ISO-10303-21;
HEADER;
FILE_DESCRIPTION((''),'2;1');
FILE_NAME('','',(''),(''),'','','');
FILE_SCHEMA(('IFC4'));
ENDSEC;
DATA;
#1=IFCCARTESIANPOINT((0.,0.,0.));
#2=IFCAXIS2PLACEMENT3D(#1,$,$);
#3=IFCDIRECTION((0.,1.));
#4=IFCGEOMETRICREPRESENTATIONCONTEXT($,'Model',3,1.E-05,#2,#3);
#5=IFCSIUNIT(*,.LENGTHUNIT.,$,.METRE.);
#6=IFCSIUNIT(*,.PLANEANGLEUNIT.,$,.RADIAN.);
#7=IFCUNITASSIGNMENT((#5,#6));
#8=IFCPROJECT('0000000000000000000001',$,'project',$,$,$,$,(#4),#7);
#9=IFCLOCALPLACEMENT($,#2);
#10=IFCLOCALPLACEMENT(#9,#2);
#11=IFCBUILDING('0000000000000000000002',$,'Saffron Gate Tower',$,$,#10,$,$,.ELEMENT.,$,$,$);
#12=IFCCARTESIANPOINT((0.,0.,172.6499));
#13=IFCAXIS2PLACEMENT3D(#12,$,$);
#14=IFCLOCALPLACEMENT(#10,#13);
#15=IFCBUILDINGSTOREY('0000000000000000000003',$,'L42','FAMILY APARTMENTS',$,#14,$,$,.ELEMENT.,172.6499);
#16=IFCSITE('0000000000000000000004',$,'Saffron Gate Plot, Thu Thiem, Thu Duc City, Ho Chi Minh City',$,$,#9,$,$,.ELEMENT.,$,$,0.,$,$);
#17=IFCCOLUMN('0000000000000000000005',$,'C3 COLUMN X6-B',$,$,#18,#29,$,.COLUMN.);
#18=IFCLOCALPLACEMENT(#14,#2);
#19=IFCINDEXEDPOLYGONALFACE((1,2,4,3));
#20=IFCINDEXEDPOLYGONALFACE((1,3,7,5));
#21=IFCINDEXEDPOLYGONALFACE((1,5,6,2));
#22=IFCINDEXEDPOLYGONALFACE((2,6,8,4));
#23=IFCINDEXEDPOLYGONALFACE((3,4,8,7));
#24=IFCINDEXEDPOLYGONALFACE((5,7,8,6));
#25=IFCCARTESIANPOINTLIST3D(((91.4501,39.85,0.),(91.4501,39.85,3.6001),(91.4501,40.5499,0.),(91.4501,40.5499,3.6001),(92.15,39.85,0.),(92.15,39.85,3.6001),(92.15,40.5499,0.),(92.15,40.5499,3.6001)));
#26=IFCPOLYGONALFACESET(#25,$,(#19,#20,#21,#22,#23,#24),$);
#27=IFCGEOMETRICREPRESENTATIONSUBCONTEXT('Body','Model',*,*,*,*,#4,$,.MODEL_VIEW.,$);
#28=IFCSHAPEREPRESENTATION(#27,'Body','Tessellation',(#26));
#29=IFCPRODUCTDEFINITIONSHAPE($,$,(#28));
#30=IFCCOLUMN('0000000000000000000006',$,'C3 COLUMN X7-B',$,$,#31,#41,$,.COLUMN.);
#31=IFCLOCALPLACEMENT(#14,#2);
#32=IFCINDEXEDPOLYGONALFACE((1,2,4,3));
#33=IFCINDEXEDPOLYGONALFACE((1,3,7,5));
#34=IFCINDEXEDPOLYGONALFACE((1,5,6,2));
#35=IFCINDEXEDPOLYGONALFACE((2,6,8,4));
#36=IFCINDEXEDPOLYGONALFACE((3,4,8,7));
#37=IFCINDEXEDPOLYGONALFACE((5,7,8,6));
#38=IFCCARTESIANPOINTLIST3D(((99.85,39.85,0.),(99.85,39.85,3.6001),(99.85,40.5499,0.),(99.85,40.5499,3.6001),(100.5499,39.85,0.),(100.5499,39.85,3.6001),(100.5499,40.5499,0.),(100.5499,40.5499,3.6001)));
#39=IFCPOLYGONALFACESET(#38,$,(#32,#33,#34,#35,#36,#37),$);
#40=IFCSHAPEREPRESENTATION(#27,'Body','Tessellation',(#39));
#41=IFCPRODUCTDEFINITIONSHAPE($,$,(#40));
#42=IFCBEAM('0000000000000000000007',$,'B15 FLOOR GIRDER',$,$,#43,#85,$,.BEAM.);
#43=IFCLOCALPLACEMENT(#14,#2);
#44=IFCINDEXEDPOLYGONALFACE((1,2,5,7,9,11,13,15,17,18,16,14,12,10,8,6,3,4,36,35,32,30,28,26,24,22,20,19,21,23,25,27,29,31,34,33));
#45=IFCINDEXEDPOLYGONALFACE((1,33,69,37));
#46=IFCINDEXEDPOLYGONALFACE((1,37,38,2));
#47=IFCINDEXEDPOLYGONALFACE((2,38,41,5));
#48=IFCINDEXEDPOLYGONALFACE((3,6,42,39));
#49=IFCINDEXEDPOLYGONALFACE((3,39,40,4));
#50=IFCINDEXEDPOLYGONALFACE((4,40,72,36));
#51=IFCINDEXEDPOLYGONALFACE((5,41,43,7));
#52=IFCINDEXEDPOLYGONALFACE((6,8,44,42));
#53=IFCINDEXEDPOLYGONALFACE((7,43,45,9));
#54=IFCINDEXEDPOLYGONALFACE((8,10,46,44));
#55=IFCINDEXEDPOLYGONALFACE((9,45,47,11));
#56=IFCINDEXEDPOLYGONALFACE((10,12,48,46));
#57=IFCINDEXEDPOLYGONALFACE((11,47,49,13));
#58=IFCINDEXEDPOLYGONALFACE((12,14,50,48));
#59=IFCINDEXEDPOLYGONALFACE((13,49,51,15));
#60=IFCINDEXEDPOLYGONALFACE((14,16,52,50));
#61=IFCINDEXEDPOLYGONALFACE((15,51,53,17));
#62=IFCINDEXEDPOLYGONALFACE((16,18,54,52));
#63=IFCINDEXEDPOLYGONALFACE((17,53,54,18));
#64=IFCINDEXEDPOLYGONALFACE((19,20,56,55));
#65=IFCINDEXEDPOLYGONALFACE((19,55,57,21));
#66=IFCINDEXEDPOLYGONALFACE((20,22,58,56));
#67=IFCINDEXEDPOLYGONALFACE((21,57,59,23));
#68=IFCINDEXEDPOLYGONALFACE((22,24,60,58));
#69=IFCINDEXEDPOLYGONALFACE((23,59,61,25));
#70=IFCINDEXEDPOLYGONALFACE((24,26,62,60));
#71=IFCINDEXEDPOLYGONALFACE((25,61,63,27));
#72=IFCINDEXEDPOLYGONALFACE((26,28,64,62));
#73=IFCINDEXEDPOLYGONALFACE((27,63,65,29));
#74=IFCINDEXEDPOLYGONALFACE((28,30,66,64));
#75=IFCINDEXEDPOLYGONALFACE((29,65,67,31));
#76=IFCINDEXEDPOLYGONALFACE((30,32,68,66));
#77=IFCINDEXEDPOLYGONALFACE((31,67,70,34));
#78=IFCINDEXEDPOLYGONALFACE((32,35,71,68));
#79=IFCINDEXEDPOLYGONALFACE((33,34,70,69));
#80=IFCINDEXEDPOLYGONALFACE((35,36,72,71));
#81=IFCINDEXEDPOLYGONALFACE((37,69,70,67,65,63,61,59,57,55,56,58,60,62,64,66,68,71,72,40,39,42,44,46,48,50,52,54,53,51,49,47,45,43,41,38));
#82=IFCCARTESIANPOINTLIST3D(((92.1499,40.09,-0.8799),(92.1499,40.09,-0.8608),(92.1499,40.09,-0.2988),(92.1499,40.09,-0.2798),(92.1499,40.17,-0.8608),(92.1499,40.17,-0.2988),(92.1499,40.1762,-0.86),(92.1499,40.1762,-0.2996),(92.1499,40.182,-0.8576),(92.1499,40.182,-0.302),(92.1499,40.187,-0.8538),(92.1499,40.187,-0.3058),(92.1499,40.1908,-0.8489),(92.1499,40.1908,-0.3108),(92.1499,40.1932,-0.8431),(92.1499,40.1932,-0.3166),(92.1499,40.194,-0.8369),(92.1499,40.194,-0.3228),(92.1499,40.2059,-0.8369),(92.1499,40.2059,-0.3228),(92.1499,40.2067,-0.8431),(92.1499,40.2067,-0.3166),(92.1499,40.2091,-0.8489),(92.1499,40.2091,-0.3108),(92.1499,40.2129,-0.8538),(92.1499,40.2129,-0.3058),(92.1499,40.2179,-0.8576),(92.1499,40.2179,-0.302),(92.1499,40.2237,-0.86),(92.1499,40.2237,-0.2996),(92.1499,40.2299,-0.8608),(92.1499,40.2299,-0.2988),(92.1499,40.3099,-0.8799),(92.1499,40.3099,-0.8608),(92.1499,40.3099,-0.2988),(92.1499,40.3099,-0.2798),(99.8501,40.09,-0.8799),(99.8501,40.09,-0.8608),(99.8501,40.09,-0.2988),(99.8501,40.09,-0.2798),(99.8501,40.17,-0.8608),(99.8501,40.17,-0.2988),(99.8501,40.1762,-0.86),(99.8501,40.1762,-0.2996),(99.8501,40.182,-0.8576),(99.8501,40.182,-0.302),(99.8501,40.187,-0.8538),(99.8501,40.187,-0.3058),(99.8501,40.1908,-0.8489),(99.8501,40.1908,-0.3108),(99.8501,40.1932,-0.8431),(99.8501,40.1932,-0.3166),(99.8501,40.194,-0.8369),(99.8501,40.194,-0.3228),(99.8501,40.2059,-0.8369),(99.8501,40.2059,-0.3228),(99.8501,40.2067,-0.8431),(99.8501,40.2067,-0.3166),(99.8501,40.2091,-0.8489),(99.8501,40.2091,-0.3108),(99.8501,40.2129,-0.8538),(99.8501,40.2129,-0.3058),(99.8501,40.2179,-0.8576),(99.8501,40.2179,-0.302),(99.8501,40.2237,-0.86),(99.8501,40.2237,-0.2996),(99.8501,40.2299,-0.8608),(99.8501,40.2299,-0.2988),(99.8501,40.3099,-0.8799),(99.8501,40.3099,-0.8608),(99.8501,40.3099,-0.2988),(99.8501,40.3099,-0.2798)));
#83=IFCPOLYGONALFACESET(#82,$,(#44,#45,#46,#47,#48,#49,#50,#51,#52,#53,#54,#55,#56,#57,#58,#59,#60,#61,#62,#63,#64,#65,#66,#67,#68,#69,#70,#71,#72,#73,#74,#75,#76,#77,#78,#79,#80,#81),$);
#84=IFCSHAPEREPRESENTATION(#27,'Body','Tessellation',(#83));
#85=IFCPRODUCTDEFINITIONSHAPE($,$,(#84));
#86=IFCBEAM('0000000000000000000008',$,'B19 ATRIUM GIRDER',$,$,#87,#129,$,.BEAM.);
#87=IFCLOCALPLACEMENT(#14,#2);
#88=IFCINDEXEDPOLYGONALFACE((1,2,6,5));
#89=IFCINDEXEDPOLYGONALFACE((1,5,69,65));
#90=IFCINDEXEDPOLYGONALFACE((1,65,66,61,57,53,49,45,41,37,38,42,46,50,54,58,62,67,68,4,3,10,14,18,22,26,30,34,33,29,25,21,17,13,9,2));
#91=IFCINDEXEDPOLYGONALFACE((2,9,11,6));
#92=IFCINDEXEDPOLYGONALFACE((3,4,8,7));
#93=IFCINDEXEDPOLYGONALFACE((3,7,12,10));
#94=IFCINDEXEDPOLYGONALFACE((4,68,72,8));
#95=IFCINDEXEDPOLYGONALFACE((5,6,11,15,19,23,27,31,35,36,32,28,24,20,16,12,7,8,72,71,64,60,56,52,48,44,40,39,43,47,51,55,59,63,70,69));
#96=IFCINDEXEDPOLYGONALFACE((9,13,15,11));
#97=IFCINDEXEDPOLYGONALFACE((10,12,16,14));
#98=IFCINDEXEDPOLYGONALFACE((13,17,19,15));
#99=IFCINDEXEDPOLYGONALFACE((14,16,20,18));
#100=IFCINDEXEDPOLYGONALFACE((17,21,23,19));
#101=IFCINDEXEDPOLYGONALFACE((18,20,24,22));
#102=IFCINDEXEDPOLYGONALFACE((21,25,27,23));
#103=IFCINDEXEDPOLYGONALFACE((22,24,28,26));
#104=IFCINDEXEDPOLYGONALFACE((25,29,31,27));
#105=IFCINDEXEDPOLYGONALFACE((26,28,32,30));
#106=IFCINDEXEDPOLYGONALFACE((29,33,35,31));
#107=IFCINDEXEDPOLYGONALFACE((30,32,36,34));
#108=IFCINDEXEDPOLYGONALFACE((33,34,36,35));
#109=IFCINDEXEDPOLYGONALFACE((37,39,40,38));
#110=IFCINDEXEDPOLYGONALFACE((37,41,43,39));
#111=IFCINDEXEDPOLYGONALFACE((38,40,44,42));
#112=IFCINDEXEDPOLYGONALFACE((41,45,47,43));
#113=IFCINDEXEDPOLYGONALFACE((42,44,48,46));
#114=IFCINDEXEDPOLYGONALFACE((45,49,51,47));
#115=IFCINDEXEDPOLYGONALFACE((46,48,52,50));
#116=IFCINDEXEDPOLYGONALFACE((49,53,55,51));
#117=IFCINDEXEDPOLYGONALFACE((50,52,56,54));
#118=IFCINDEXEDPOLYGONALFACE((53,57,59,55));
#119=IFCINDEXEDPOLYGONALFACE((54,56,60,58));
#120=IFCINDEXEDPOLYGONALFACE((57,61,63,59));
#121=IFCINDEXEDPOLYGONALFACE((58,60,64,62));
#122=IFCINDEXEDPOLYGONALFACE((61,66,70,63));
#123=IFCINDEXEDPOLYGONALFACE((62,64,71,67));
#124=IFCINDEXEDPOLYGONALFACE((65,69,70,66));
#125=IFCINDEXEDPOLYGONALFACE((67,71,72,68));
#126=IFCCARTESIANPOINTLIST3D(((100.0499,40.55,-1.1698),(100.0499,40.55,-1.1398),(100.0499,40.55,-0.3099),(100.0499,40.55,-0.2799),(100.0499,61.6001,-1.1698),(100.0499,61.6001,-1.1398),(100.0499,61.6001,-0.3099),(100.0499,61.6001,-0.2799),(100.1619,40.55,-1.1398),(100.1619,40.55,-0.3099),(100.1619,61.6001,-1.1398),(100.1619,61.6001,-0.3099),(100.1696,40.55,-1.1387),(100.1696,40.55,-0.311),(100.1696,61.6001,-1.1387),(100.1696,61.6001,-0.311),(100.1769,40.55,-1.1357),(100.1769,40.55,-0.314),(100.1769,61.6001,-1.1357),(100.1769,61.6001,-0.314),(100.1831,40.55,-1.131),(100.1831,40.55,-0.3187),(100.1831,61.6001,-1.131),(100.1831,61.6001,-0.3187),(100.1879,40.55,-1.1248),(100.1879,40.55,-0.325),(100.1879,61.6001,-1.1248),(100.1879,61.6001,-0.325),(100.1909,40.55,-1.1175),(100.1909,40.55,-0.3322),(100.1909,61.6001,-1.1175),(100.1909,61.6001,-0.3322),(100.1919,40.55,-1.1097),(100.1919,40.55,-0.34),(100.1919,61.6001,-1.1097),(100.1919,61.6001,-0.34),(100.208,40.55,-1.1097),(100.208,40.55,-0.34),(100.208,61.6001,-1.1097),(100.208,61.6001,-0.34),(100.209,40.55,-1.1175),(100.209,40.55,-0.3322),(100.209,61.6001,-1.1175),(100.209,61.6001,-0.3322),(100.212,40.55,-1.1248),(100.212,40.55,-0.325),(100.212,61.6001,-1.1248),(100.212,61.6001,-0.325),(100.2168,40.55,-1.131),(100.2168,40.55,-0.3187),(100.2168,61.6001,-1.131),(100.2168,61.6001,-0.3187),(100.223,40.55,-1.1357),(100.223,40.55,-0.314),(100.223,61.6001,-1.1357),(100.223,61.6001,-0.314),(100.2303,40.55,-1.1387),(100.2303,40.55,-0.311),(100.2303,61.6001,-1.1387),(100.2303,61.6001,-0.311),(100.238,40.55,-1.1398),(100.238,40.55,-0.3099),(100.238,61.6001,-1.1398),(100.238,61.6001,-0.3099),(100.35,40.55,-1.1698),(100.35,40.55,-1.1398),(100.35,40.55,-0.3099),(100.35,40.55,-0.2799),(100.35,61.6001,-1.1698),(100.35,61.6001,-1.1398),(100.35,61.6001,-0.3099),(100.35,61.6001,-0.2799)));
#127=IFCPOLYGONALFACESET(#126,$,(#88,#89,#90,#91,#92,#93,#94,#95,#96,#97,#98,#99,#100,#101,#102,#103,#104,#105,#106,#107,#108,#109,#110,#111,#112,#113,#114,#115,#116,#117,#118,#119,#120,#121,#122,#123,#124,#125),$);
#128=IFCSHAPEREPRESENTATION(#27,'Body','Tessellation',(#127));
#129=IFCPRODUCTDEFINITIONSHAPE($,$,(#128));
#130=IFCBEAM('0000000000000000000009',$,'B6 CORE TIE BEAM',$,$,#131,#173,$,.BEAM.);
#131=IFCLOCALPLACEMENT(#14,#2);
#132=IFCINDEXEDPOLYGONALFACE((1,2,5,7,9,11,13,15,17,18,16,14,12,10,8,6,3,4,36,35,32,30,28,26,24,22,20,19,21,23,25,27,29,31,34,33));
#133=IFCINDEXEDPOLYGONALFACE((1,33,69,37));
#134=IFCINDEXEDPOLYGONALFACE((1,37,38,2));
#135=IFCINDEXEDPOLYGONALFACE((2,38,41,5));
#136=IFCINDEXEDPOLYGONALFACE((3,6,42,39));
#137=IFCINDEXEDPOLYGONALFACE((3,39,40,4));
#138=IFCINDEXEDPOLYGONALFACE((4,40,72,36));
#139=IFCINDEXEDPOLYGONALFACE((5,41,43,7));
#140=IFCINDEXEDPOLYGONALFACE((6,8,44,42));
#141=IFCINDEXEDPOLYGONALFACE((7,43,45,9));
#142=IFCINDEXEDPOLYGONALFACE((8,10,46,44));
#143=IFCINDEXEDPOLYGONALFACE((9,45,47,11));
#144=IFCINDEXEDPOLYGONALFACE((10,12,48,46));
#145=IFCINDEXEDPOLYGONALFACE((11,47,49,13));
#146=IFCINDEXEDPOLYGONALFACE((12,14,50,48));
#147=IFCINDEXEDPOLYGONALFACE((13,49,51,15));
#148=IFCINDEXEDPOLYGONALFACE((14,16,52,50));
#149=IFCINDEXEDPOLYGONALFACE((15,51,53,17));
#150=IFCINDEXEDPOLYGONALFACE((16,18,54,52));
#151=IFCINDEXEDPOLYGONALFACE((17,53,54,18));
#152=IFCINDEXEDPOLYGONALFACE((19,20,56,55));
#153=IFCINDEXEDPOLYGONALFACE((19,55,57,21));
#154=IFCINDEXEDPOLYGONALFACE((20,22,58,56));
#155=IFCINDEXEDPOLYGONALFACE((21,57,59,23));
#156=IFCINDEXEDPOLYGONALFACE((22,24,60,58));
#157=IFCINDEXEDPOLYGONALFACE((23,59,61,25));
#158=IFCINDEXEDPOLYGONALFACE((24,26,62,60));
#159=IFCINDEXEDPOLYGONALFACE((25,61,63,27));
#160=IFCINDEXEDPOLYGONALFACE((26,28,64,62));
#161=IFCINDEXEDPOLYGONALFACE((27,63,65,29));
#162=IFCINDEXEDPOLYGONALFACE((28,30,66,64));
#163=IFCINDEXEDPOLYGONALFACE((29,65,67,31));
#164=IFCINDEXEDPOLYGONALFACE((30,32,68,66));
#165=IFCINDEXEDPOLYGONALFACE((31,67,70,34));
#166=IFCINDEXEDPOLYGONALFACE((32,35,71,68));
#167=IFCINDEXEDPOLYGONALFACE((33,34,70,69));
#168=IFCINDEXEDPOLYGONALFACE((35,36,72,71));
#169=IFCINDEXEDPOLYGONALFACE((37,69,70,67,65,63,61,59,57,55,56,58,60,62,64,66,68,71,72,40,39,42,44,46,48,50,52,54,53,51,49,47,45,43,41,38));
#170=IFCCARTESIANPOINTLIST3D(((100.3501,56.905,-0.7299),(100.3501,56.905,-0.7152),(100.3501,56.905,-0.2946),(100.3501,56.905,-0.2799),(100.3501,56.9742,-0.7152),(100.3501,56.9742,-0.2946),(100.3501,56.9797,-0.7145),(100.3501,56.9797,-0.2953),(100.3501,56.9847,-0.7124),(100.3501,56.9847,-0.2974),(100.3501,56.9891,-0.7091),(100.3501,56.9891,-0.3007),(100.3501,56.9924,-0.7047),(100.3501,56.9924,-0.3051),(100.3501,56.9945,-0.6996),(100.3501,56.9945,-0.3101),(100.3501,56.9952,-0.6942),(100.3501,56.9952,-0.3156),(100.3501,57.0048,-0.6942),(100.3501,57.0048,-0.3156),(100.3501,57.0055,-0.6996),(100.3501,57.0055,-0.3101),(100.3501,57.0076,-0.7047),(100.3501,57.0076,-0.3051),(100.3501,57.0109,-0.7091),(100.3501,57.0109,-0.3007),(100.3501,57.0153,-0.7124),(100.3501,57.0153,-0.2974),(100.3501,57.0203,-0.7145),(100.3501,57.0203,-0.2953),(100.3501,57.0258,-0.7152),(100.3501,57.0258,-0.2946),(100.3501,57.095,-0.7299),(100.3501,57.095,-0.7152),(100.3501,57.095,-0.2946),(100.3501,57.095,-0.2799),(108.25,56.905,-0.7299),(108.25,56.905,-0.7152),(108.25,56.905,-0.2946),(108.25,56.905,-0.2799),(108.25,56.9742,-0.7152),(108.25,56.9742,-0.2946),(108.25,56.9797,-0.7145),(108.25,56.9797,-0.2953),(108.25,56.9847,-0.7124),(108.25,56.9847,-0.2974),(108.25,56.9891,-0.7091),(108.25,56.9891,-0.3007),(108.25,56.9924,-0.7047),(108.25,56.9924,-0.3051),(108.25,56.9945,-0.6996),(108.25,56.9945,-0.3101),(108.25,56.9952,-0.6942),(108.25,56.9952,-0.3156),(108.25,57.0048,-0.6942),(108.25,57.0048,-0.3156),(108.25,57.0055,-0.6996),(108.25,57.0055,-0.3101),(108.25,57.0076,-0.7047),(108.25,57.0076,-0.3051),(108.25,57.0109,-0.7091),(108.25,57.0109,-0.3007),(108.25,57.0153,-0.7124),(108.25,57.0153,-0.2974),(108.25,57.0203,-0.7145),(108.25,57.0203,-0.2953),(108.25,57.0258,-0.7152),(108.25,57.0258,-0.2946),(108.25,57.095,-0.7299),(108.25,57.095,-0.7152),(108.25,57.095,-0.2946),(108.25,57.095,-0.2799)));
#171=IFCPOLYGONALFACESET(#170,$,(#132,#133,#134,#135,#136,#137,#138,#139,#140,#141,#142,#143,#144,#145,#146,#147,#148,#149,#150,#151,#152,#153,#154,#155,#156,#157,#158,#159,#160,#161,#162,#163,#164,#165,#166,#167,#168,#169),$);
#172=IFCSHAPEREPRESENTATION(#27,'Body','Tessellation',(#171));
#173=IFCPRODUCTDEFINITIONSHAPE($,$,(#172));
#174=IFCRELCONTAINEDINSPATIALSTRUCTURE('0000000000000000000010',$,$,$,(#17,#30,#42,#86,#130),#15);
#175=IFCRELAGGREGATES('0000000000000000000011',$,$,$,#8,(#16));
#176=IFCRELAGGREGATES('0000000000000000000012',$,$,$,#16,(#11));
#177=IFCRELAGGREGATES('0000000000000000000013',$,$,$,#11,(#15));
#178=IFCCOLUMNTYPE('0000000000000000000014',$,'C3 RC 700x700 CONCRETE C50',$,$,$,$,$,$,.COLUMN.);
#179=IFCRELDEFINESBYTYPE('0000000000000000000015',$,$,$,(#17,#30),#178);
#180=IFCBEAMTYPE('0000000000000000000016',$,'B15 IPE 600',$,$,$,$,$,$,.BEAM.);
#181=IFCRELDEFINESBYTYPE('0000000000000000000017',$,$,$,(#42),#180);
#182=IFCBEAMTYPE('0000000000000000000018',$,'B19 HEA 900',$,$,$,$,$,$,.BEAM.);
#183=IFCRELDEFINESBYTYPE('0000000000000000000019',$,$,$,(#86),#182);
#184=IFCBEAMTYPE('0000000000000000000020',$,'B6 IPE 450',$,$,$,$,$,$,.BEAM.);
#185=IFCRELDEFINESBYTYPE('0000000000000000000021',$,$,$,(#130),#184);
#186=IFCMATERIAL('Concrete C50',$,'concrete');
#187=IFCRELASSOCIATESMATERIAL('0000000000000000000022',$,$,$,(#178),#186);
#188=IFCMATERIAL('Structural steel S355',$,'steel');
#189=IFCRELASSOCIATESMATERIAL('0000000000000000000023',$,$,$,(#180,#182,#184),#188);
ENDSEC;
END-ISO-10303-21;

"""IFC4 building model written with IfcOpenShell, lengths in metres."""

from ifc_helpers import new_model, si_unit, direction, frame, origin, origin_2d, place, context, subcontext, project, spatial, rectangle, i_section, extrude, material, material_profile, profile_set, type_object, element, save


model = new_model("IFC4")

# Units and contexts
model_context = context("Model", 3, precision=1e-05, world=origin(), true_north=direction((0.0, 1.0)))
body_context = subcontext(model_context, "Body", "Model", "MODEL_VIEW")
ifc_project = project(units=[si_unit("LENGTHUNIT", "METRE"), si_unit("PLANEANGLEUNIT", "RADIAN")], contexts=[model_context])

# Site, building, storey
site_placement = place(None, origin())
site = spatial("IfcSite", under=ifc_project, at=site_placement, Name="Saffron Gate Plot, Thu Thiem, Thu Duc City, Ho Chi Minh City", CompositionType="ELEMENT", RefElevation=0.0)
building_placement = place(site_placement, origin())
building = spatial("IfcBuilding", under=site, at=building_placement, Name="Saffron Gate Tower", CompositionType="ELEMENT")
storey_placement = place(building_placement, frame((0.0, 0.0, 172.6499)))
storey = spatial("IfcBuildingStorey", under=building, at=storey_placement, Name="L42", Description="FAMILY APARTMENTS", CompositionType="ELEMENT", Elevation=172.6499)

# Columns
ifc_material_1 = material(Name="Concrete C50", Category="concrete")
ifc_material_profile_1 = material_profile(ifc_material_1, rectangle(XDim=0.7, YDim=0.7, at=origin_2d()))
ifc_profile_set_1 = profile_set([ifc_material_profile_1], Name="Concrete C50")
column_type = type_object("IfcColumnType", Name="C3 RC 700x700 CONCRETE C50", PredefinedType="COLUMN", material=ifc_profile_set_1)
for number, where, z_axis, x_axis, name in (
    (1, (91.8, 40.2, 0.0), (0.0, 0.0, 1.0), (1.0, 0.0, 0.0), "C3 COLUMN X6-B"),
    (2, (100.2, 40.2, 0.0), (0.0, 0.0, 1.0), (1.0, 0.0, 0.0), "C3 COLUMN X7-B"),
):
    element("IfcColumn", number, at=place(storey_placement, frame(where, z_axis=z_axis, x_axis=x_axis)), inside=storey, type_object=column_type, Name=name, PredefinedType="COLUMN", context=body_context, shape_type="SweptSolid", body=[
        extrude(rectangle(XDim=0.7, YDim=0.7, at=origin_2d()), origin(), (0.0, 0.0, 1.0), 3.6001),
    ])

# Beams
ifc_material_2 = material(Name="Structural steel S355", Category="steel")
ifc_material_profile_2 = material_profile(ifc_material_2, i_section(OverallWidth=0.22, OverallDepth=0.6001, WebThickness=0.012, FlangeThickness=0.019, FilletRadius=0.0239, at=origin_2d()))
ifc_profile_set_2 = profile_set([ifc_material_profile_2], Name="Structural steel S355")
beam_type_1 = type_object("IfcBeamType", Name="B15 IPE 600", PredefinedType="BEAM", material=ifc_profile_set_2)
beam_1_placement = place(storey_placement, frame((92.1499, 40.2, -0.5798), z_axis=(1.0, 0.0, 0.0), x_axis=(0.0, 1.0, 0.0)))
element("IfcBeam", 3, at=beam_1_placement, inside=storey, type_object=beam_type_1, Name="B15 FLOOR GIRDER", PredefinedType="BEAM", context=body_context, shape_type="SweptSolid", body=[
    extrude(i_section(OverallWidth=0.22, OverallDepth=0.6001, WebThickness=0.012, FlangeThickness=0.019, FilletRadius=0.0239, at=origin_2d()), origin(), (0.0, 0.0, 1.0), 7.7002),
])
ifc_material_profile_3 = material_profile(ifc_material_2, i_section(OverallWidth=0.3, OverallDepth=0.8899, WebThickness=0.0161, FlangeThickness=0.03, FilletRadius=0.03, at=origin_2d()))
ifc_profile_set_3 = profile_set([ifc_material_profile_3], Name="Structural steel S355")
beam_type_2 = type_object("IfcBeamType", Name="B19 HEA 900", PredefinedType="BEAM", material=ifc_profile_set_3)
beam_2_placement = place(storey_placement, frame((100.2, 40.55, -0.7249), z_axis=(0.0, 1.0, 0.0), x_axis=(-1.0, 0.0, 0.0)))
element("IfcBeam", 4, at=beam_2_placement, inside=storey, type_object=beam_type_2, Name="B19 ATRIUM GIRDER", PredefinedType="BEAM", context=body_context, shape_type="SweptSolid", body=[
    extrude(i_section(OverallWidth=0.3, OverallDepth=0.8899, WebThickness=0.0161, FlangeThickness=0.03, FilletRadius=0.03, at=origin_2d()), origin(), (0.0, 0.0, 1.0), 21.05),
])
ifc_material_profile_4 = material_profile(ifc_material_2, i_section(OverallWidth=0.1899, OverallDepth=0.45, WebThickness=0.0095, FlangeThickness=0.0146, FilletRadius=0.021, at=origin_2d()))
ifc_profile_set_4 = profile_set([ifc_material_profile_4], Name="Structural steel S355")
beam_type_3 = type_object("IfcBeamType", Name="B6 IPE 450", PredefinedType="BEAM", material=ifc_profile_set_4)
beam_3_placement = place(storey_placement, frame((108.25, 57.0, -0.5049), z_axis=(-1.0, 0.0, 0.0), x_axis=(0.0, -1.0, 0.0)))
element("IfcBeam", 5, at=beam_3_placement, inside=storey, type_object=beam_type_3, Name="B6 CORE TIE BEAM", PredefinedType="BEAM", context=body_context, shape_type="SweptSolid", body=[
    extrude(i_section(OverallWidth=0.1899, OverallDepth=0.45, WebThickness=0.0095, FlangeThickness=0.0146, FilletRadius=0.021, at=origin_2d()), origin(), (0.0, 0.0, 1.0), 7.8999),
])

save(model, "model.ifc")
